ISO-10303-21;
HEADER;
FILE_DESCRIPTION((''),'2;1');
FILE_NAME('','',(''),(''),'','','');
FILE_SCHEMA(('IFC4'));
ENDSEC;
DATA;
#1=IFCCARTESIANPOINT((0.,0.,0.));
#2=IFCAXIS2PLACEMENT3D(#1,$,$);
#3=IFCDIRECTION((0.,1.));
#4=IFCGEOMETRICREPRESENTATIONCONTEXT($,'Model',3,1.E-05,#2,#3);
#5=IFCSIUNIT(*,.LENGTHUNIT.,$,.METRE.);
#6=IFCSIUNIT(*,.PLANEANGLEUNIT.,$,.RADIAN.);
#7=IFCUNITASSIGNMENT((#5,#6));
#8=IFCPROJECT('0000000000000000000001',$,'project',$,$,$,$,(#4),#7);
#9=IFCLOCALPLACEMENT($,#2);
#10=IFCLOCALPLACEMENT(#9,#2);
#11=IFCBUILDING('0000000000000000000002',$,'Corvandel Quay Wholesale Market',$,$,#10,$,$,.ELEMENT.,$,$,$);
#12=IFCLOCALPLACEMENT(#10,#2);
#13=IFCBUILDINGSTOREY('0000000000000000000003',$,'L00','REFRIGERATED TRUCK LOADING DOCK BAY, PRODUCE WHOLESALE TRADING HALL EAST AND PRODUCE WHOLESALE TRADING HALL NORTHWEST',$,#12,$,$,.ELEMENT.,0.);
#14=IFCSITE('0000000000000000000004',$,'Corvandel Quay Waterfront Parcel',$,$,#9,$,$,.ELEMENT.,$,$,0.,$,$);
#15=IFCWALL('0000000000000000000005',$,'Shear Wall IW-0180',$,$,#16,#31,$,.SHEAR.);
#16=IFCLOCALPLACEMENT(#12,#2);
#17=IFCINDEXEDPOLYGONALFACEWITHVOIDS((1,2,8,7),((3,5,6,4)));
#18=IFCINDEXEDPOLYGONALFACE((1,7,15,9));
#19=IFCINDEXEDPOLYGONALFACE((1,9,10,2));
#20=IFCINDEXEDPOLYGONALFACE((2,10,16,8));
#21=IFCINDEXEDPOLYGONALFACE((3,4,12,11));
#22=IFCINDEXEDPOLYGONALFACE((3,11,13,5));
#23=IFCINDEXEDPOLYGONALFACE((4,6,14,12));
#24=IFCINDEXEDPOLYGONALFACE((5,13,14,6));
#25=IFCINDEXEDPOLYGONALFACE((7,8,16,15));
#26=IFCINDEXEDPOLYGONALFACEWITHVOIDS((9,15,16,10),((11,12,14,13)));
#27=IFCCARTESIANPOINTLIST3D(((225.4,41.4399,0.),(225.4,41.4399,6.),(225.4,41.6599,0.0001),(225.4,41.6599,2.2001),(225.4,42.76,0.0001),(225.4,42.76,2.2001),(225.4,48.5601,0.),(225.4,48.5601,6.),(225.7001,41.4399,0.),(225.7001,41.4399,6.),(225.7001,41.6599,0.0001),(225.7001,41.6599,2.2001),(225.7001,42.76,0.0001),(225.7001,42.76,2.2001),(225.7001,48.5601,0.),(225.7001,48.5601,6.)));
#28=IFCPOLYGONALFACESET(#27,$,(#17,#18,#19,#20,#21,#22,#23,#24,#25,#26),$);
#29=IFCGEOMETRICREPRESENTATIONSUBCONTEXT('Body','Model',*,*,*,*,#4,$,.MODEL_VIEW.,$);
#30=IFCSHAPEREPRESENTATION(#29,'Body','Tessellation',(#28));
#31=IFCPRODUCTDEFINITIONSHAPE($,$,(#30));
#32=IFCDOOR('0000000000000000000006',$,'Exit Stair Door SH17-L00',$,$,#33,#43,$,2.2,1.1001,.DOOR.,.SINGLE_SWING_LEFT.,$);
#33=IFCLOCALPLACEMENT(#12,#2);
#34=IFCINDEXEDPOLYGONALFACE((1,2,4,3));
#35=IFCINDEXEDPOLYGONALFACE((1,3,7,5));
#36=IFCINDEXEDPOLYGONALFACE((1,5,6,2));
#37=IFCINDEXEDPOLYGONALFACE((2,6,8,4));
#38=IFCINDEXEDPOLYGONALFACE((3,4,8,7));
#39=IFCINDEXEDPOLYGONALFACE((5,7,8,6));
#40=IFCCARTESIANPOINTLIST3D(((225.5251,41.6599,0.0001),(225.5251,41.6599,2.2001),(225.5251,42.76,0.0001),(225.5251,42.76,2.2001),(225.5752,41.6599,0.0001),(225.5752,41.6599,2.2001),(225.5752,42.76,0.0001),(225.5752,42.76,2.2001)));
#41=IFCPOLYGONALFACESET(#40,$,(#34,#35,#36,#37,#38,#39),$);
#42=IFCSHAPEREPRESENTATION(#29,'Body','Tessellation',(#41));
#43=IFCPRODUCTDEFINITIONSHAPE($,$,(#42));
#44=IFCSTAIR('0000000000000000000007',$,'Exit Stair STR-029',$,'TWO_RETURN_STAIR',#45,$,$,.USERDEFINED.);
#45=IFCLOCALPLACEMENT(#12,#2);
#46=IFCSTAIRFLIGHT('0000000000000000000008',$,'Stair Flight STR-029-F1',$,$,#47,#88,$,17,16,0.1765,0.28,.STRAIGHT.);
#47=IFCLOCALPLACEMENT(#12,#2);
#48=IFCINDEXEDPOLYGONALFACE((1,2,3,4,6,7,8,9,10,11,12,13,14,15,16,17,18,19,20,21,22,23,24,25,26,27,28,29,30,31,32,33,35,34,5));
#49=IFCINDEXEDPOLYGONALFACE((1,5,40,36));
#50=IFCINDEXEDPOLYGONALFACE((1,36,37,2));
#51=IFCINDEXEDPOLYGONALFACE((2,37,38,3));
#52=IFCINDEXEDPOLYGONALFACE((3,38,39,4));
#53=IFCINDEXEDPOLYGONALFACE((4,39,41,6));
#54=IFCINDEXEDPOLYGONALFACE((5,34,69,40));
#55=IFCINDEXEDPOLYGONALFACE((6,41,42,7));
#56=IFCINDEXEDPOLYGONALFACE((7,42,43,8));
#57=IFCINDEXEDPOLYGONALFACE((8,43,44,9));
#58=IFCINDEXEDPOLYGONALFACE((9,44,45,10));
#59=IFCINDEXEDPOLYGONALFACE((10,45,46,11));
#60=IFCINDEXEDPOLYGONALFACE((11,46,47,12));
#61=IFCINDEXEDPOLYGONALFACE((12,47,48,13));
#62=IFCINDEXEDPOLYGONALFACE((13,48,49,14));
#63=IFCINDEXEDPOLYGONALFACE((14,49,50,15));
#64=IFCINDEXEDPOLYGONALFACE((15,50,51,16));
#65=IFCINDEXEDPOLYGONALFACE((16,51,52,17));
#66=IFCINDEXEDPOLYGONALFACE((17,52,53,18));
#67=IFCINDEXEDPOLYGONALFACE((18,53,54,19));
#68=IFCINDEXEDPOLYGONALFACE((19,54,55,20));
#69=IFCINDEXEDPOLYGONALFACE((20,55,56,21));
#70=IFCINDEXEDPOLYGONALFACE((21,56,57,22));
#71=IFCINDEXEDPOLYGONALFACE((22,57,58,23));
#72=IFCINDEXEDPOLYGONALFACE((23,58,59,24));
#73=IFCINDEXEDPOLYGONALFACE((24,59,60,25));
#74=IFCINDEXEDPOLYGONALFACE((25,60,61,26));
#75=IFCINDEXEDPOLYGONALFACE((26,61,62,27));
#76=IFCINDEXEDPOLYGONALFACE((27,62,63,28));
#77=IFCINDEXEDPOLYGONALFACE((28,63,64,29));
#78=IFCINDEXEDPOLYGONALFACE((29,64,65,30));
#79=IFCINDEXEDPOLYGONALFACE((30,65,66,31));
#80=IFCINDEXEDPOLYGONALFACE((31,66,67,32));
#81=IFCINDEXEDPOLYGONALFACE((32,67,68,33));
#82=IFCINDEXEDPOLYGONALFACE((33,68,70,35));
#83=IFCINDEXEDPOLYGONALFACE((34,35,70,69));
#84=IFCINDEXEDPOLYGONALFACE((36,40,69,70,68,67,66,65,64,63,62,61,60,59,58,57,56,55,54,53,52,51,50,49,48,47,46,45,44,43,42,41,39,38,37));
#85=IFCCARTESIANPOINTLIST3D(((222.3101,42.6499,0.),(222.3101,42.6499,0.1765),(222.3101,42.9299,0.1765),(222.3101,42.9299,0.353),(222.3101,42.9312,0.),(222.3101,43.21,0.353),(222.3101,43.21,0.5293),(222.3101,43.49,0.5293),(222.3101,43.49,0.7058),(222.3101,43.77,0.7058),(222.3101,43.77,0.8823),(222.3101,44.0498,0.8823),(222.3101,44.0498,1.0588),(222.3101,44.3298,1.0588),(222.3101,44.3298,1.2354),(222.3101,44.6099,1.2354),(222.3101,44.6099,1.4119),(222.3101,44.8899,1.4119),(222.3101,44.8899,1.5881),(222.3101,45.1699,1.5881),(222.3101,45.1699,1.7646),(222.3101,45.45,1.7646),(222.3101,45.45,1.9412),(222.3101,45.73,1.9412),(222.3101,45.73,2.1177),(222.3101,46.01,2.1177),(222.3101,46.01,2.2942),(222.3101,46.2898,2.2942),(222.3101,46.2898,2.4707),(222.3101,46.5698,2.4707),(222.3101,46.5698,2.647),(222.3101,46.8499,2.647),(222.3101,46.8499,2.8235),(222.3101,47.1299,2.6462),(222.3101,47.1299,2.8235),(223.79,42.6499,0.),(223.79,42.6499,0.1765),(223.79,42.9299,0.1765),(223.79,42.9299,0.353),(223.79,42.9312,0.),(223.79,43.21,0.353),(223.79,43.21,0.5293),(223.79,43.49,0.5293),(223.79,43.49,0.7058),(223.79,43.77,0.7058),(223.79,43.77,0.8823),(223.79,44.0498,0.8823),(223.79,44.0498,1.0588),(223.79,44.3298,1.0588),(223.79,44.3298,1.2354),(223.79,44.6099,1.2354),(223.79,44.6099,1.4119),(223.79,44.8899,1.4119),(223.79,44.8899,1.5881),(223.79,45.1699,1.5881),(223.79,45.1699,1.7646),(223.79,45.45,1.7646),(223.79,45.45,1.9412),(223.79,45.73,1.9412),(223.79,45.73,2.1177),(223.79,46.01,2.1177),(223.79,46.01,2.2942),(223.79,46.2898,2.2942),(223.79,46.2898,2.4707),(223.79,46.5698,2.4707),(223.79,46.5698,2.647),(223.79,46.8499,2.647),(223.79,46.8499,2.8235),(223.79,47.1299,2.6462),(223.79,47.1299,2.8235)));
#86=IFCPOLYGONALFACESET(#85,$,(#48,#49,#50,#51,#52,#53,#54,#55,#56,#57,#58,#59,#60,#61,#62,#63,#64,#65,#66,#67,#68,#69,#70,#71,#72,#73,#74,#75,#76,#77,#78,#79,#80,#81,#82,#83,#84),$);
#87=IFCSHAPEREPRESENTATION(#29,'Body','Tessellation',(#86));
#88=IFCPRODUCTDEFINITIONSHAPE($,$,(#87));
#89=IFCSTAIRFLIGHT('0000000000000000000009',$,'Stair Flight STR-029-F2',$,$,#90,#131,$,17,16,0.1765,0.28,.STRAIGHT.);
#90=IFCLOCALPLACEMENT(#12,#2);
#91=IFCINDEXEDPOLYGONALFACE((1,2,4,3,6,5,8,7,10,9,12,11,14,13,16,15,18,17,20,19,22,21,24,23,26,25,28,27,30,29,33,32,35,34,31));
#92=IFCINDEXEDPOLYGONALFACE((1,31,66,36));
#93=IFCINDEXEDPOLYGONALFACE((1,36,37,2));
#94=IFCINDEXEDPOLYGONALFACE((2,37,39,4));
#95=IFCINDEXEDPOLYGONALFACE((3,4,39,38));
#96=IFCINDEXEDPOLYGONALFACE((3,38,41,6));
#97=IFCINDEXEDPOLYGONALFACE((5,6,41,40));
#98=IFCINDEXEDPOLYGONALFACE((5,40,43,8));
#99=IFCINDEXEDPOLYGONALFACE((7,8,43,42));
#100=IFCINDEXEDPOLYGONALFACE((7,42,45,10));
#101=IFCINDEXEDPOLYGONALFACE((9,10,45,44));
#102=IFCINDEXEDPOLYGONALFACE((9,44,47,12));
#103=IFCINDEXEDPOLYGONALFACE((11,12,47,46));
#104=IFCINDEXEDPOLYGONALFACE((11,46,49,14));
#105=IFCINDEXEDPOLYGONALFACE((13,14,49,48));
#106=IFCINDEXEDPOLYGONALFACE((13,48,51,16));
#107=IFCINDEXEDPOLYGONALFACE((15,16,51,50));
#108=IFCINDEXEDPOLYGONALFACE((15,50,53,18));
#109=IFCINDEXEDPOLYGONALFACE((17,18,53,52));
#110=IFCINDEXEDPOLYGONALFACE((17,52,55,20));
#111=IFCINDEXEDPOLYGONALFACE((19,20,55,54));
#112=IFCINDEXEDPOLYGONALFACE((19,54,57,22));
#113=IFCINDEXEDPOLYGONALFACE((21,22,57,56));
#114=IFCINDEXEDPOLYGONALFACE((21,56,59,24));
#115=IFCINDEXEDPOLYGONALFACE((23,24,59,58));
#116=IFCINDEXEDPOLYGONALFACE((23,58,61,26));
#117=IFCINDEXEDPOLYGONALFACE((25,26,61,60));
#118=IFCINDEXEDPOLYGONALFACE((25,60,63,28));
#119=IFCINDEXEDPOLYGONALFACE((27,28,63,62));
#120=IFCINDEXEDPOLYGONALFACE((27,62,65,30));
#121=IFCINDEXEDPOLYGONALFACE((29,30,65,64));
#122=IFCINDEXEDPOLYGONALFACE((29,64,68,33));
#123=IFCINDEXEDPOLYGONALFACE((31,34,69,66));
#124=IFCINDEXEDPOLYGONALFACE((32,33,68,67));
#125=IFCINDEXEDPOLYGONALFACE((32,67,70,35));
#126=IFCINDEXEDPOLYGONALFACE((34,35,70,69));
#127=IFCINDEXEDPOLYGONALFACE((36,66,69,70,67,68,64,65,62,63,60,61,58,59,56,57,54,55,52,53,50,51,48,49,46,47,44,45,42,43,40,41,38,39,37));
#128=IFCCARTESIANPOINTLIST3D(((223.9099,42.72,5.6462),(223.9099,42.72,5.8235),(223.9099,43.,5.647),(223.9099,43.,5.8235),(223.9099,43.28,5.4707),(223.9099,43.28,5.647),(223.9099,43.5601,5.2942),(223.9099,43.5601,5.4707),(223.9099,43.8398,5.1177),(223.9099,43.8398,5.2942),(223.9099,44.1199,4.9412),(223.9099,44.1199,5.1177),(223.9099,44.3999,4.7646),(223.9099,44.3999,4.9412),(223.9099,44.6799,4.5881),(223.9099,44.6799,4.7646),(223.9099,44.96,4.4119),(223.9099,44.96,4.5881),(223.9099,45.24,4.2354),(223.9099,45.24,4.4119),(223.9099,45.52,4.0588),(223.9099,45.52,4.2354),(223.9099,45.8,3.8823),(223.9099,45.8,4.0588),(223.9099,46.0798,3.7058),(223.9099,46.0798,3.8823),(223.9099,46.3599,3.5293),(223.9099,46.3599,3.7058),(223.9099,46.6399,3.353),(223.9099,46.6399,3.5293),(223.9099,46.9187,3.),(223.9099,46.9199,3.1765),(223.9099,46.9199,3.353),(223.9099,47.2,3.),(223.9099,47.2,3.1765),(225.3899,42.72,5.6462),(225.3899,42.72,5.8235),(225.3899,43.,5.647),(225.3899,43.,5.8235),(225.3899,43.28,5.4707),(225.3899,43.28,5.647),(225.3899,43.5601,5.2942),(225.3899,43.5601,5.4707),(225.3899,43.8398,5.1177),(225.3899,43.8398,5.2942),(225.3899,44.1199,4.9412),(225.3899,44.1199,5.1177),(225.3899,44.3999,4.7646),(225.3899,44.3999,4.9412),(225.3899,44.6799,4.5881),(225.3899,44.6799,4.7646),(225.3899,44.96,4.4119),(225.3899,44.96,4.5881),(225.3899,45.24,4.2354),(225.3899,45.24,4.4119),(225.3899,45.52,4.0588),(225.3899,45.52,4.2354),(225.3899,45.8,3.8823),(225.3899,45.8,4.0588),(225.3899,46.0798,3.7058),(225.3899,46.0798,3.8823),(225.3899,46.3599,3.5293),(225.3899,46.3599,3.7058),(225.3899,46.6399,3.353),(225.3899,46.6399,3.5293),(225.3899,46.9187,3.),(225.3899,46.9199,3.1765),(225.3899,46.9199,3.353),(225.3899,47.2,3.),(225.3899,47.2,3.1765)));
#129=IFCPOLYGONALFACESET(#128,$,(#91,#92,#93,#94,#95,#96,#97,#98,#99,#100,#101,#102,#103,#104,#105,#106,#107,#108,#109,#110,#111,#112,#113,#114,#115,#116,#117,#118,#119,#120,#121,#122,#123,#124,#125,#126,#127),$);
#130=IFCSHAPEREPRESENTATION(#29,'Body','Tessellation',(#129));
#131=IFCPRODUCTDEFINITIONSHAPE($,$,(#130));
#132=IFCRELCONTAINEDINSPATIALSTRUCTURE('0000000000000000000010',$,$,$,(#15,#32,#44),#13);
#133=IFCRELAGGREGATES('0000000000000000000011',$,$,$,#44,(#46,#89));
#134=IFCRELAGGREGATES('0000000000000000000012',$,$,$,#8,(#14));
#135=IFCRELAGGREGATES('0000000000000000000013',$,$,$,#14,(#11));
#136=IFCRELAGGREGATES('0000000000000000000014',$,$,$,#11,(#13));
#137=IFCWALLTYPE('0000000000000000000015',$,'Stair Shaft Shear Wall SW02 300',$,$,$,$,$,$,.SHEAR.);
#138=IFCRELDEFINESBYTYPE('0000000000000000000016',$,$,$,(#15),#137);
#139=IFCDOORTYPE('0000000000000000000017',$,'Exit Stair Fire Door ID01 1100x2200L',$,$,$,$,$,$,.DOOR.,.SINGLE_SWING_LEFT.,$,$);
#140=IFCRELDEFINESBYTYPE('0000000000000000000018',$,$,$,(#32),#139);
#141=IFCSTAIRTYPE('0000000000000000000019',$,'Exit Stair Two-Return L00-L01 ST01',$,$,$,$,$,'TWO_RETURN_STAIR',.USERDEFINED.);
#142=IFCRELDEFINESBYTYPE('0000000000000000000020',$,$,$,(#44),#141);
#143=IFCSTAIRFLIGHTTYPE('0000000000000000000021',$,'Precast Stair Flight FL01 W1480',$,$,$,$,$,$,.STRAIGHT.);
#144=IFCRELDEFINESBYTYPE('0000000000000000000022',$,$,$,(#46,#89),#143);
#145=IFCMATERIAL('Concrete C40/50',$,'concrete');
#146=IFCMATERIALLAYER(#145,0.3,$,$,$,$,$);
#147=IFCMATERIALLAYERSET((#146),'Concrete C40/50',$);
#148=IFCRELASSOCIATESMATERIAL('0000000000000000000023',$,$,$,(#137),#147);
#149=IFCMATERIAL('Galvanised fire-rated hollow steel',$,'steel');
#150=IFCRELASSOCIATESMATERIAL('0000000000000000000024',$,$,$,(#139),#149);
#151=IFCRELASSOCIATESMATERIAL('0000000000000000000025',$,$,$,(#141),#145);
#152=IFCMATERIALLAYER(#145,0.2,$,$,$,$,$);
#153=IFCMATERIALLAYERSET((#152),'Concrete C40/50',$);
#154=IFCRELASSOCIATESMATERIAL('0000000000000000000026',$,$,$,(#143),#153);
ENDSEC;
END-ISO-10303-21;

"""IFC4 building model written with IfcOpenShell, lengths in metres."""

from ifc_helpers import new_model, si_unit, direction, frame, frame_2d, origin, place, context, subcontext, project, spatial, polyline, rectangle, outline, extrude, material, layer, layer_set, type_object, element, fill, aggregate, save


model = new_model("IFC4")

# Units and contexts
model_context = context("Model", 3, precision=1e-05, world=origin(), true_north=direction((0.0, 1.0)))
body_context = subcontext(model_context, "Body", "Model", "MODEL_VIEW")
ifc_project = project(units=[si_unit("LENGTHUNIT", "METRE"), si_unit("PLANEANGLEUNIT", "RADIAN")], contexts=[model_context])

# Site, building, storey
site_placement = place(None, origin())
site = spatial("IfcSite", under=ifc_project, at=site_placement, Name="Corvandel Quay Waterfront Parcel", CompositionType="ELEMENT", RefElevation=0.0)
building_placement = place(site_placement, origin())
building = spatial("IfcBuilding", under=site, at=building_placement, Name="Corvandel Quay Wholesale Market", CompositionType="ELEMENT")
storey_placement = place(building_placement, origin())
storey = spatial("IfcBuildingStorey", under=building, at=storey_placement, Name="L00", Description="REFRIGERATED TRUCK LOADING DOCK BAY, PRODUCE WHOLESALE TRADING HALL EAST AND PRODUCE WHOLESALE TRADING HALL NORTHWEST", CompositionType="ELEMENT", Elevation=0.0)

# Shared definitions
ifc_material_1 = material(Name="Concrete C40/50", Category="concrete")

# Shared definitions
ifc_layer_1 = layer(ifc_material_1, 0.3)
ifc_layer_set_1 = layer_set([ifc_layer_1], Name="Concrete C40/50")
wall_type = type_object("IfcWallType", Name="Stair Shaft Shear Wall SW02 300", PredefinedType="SHEAR", material=ifc_layer_set_1)

# Wall, opening, door
wall_1_placement = place(storey_placement, frame((225.55, 41.4399, 0.0), z_axis=(0.0, 0.0, 1.0), x_axis=(0.0, 1.0, 0.0)))
wall_1 = element("IfcWall", 1, at=wall_1_placement, inside=storey, type_object=wall_type, Name="Shear Wall IW-0180", PredefinedType="SHEAR", context=body_context, shape_type="SweptSolid", body=[
    extrude(rectangle(XDim=7.1201, YDim=0.3, at=frame_2d((3.5601, 0.0))), origin(), (0.0, 0.0, 1.0), 6.0),
])
opening_placement = place(wall_1_placement, frame((0.22, 0.0, 0.0)))
opening = element("IfcOpeningElement", 2, at=opening_placement, cuts=wall_1, PredefinedType="OPENING", context=body_context, shape_type="SweptSolid", body=[
    extrude(rectangle(XDim=1.1001, YDim=2.2, at=frame_2d((0.55, 1.1001))), frame((0.0, 0.1599, 0.0), z_axis=(0.0, -1.0, 0.0), x_axis=(1.0, 0.0, 0.0)), (0.0, 0.0, 1.0), 0.3201),
])
ifc_material_2 = material(Name="Galvanised fire-rated hollow steel", Category="steel")
door_type = type_object("IfcDoorType", Name="Exit Stair Fire Door ID01 1100x2200L", OperationType="SINGLE_SWING_LEFT", PredefinedType="DOOR", material=ifc_material_2)
door_placement = place(opening_placement, origin())
door = element("IfcDoor", 3, at=door_placement, inside=storey, type_object=door_type, Name="Exit Stair Door SH17-L00", OperationType="SINGLE_SWING_LEFT", OverallHeight=2.2, OverallWidth=1.1001, PredefinedType="DOOR", context=body_context, shape_type="SweptSolid", body=[
    extrude(rectangle(XDim=1.1001, YDim=2.2, at=frame_2d((0.55, 1.1001))), frame((0.0, 0.0249, 0.0), z_axis=(0.0, -1.0, 0.0), x_axis=(1.0, 0.0, 0.0)), (0.0, 0.0, 1.0), 0.05),
])
fill(opening, door)

# Stair, stair flights
stair_type = type_object("IfcStairType", Name="Exit Stair Two-Return L00-L01 ST01", ElementType="TWO_RETURN_STAIR", PredefinedType="USERDEFINED", material=ifc_material_1)
stair_placement = place(storey_placement, origin())
stair = element("IfcStair", 4, at=stair_placement, inside=storey, type_object=stair_type, Name="Exit Stair STR-029", ObjectType="TWO_RETURN_STAIR", PredefinedType="USERDEFINED")
ifc_layer_2 = layer(ifc_material_1, 0.2)
ifc_layer_set_2 = layer_set([ifc_layer_2], Name="Concrete C40/50")
stair_flight_type = type_object("IfcStairFlightType", Name="Precast Stair Flight FL01 W1480", PredefinedType="STRAIGHT", material=ifc_layer_set_2)
stair_flight_1_placement = place(storey_placement, frame((223.05, 42.6499, 0.0), z_axis=(0.0, 0.0, 1.0), x_axis=(0.0, 1.0, 0.0)))
stair_flight_1 = element("IfcStairFlight", 5, at=stair_flight_1_placement, type_object=stair_flight_type, Name="Stair Flight STR-029-F1", NumberOfRisers=17, NumberOfTreads=16, PredefinedType="STRAIGHT", RiserHeight=0.1765, TreadLength=0.28, context=body_context, shape_type="SweptSolid", body=[
    extrude(outline(polyline([(0.0, 0.0), (0.0, 0.1765), (0.28, 0.1765), (0.28, 0.353), (0.5601, 0.353), (0.5601, 0.5293), (0.8401, 0.5293), (0.8401, 0.7058), (1.1201, 0.7058), (1.1201, 0.8823), (1.3999, 0.8823), (1.3999, 1.0588), (1.6799, 1.0588), (1.6799, 1.2354), (1.96, 1.2354), (1.96, 1.4119), (2.24, 1.4119), (2.24, 1.5881), (2.52, 1.5881), (2.52, 1.7646), (2.8, 1.7646), (2.8, 1.9412), (3.0801, 1.9412), (3.0801, 2.1177), (3.3601, 2.1177), (3.3601, 2.2942), (3.6399, 2.2942), (3.6399, 2.4707), (3.9199, 2.4707), (3.9199, 2.647), (4.2, 2.647), (4.2, 2.8235), (4.48, 2.8235), (4.48, 3.0), (4.48, 2.6462), (0.2812, 0.0), (0.0, 0.0)])), frame((0.0, 0.74, 0.0), z_axis=(0.0, -1.0, 0.0), x_axis=(1.0, 0.0, 0.0)), (0.0, 0.0, 1.0), 1.48),
])
stair_flight_2_placement = place(storey_placement, frame((224.6499, 47.2, 3.0), z_axis=(0.0, 0.0, 1.0), x_axis=(0.0, -1.0, 0.0)))
stair_flight_2 = element("IfcStairFlight", 6, at=stair_flight_2_placement, type_object=stair_flight_type, Name="Stair Flight STR-029-F2", NumberOfRisers=17, NumberOfTreads=16, PredefinedType="STRAIGHT", RiserHeight=0.1765, TreadLength=0.28, context=body_context, shape_type="SweptSolid", body=[
    extrude(outline(polyline([(0.0, 0.0), (0.0, 0.1765), (0.28, 0.1765), (0.28, 0.353), (0.5601, 0.353), (0.5601, 0.5293), (0.8401, 0.5293), (0.8401, 0.7058), (1.1201, 0.7058), (1.1201, 0.8823), (1.3999, 0.8823), (1.3999, 1.0588), (1.6799, 1.0588), (1.6799, 1.2354), (1.96, 1.2354), (1.96, 1.4119), (2.24, 1.4119), (2.24, 1.5881), (2.52, 1.5881), (2.52, 1.7646), (2.8, 1.7646), (2.8, 1.9412), (3.0801, 1.9412), (3.0801, 2.1177), (3.3601, 2.1177), (3.3601, 2.2942), (3.6399, 2.2942), (3.6399, 2.4707), (3.9199, 2.4707), (3.9199, 2.647), (4.2, 2.647), (4.2, 2.8235), (4.48, 2.8235), (4.48, 3.0), (4.48, 2.6462), (0.2812, 0.0), (0.0, 0.0)])), frame((0.0, 0.74, 0.0), z_axis=(0.0, -1.0, 0.0), x_axis=(1.0, 0.0, 0.0)), (0.0, 0.0, 1.0), 1.48),
])
aggregate(stair, [stair_flight_1, stair_flight_2])

save(model, "model.ifc")
